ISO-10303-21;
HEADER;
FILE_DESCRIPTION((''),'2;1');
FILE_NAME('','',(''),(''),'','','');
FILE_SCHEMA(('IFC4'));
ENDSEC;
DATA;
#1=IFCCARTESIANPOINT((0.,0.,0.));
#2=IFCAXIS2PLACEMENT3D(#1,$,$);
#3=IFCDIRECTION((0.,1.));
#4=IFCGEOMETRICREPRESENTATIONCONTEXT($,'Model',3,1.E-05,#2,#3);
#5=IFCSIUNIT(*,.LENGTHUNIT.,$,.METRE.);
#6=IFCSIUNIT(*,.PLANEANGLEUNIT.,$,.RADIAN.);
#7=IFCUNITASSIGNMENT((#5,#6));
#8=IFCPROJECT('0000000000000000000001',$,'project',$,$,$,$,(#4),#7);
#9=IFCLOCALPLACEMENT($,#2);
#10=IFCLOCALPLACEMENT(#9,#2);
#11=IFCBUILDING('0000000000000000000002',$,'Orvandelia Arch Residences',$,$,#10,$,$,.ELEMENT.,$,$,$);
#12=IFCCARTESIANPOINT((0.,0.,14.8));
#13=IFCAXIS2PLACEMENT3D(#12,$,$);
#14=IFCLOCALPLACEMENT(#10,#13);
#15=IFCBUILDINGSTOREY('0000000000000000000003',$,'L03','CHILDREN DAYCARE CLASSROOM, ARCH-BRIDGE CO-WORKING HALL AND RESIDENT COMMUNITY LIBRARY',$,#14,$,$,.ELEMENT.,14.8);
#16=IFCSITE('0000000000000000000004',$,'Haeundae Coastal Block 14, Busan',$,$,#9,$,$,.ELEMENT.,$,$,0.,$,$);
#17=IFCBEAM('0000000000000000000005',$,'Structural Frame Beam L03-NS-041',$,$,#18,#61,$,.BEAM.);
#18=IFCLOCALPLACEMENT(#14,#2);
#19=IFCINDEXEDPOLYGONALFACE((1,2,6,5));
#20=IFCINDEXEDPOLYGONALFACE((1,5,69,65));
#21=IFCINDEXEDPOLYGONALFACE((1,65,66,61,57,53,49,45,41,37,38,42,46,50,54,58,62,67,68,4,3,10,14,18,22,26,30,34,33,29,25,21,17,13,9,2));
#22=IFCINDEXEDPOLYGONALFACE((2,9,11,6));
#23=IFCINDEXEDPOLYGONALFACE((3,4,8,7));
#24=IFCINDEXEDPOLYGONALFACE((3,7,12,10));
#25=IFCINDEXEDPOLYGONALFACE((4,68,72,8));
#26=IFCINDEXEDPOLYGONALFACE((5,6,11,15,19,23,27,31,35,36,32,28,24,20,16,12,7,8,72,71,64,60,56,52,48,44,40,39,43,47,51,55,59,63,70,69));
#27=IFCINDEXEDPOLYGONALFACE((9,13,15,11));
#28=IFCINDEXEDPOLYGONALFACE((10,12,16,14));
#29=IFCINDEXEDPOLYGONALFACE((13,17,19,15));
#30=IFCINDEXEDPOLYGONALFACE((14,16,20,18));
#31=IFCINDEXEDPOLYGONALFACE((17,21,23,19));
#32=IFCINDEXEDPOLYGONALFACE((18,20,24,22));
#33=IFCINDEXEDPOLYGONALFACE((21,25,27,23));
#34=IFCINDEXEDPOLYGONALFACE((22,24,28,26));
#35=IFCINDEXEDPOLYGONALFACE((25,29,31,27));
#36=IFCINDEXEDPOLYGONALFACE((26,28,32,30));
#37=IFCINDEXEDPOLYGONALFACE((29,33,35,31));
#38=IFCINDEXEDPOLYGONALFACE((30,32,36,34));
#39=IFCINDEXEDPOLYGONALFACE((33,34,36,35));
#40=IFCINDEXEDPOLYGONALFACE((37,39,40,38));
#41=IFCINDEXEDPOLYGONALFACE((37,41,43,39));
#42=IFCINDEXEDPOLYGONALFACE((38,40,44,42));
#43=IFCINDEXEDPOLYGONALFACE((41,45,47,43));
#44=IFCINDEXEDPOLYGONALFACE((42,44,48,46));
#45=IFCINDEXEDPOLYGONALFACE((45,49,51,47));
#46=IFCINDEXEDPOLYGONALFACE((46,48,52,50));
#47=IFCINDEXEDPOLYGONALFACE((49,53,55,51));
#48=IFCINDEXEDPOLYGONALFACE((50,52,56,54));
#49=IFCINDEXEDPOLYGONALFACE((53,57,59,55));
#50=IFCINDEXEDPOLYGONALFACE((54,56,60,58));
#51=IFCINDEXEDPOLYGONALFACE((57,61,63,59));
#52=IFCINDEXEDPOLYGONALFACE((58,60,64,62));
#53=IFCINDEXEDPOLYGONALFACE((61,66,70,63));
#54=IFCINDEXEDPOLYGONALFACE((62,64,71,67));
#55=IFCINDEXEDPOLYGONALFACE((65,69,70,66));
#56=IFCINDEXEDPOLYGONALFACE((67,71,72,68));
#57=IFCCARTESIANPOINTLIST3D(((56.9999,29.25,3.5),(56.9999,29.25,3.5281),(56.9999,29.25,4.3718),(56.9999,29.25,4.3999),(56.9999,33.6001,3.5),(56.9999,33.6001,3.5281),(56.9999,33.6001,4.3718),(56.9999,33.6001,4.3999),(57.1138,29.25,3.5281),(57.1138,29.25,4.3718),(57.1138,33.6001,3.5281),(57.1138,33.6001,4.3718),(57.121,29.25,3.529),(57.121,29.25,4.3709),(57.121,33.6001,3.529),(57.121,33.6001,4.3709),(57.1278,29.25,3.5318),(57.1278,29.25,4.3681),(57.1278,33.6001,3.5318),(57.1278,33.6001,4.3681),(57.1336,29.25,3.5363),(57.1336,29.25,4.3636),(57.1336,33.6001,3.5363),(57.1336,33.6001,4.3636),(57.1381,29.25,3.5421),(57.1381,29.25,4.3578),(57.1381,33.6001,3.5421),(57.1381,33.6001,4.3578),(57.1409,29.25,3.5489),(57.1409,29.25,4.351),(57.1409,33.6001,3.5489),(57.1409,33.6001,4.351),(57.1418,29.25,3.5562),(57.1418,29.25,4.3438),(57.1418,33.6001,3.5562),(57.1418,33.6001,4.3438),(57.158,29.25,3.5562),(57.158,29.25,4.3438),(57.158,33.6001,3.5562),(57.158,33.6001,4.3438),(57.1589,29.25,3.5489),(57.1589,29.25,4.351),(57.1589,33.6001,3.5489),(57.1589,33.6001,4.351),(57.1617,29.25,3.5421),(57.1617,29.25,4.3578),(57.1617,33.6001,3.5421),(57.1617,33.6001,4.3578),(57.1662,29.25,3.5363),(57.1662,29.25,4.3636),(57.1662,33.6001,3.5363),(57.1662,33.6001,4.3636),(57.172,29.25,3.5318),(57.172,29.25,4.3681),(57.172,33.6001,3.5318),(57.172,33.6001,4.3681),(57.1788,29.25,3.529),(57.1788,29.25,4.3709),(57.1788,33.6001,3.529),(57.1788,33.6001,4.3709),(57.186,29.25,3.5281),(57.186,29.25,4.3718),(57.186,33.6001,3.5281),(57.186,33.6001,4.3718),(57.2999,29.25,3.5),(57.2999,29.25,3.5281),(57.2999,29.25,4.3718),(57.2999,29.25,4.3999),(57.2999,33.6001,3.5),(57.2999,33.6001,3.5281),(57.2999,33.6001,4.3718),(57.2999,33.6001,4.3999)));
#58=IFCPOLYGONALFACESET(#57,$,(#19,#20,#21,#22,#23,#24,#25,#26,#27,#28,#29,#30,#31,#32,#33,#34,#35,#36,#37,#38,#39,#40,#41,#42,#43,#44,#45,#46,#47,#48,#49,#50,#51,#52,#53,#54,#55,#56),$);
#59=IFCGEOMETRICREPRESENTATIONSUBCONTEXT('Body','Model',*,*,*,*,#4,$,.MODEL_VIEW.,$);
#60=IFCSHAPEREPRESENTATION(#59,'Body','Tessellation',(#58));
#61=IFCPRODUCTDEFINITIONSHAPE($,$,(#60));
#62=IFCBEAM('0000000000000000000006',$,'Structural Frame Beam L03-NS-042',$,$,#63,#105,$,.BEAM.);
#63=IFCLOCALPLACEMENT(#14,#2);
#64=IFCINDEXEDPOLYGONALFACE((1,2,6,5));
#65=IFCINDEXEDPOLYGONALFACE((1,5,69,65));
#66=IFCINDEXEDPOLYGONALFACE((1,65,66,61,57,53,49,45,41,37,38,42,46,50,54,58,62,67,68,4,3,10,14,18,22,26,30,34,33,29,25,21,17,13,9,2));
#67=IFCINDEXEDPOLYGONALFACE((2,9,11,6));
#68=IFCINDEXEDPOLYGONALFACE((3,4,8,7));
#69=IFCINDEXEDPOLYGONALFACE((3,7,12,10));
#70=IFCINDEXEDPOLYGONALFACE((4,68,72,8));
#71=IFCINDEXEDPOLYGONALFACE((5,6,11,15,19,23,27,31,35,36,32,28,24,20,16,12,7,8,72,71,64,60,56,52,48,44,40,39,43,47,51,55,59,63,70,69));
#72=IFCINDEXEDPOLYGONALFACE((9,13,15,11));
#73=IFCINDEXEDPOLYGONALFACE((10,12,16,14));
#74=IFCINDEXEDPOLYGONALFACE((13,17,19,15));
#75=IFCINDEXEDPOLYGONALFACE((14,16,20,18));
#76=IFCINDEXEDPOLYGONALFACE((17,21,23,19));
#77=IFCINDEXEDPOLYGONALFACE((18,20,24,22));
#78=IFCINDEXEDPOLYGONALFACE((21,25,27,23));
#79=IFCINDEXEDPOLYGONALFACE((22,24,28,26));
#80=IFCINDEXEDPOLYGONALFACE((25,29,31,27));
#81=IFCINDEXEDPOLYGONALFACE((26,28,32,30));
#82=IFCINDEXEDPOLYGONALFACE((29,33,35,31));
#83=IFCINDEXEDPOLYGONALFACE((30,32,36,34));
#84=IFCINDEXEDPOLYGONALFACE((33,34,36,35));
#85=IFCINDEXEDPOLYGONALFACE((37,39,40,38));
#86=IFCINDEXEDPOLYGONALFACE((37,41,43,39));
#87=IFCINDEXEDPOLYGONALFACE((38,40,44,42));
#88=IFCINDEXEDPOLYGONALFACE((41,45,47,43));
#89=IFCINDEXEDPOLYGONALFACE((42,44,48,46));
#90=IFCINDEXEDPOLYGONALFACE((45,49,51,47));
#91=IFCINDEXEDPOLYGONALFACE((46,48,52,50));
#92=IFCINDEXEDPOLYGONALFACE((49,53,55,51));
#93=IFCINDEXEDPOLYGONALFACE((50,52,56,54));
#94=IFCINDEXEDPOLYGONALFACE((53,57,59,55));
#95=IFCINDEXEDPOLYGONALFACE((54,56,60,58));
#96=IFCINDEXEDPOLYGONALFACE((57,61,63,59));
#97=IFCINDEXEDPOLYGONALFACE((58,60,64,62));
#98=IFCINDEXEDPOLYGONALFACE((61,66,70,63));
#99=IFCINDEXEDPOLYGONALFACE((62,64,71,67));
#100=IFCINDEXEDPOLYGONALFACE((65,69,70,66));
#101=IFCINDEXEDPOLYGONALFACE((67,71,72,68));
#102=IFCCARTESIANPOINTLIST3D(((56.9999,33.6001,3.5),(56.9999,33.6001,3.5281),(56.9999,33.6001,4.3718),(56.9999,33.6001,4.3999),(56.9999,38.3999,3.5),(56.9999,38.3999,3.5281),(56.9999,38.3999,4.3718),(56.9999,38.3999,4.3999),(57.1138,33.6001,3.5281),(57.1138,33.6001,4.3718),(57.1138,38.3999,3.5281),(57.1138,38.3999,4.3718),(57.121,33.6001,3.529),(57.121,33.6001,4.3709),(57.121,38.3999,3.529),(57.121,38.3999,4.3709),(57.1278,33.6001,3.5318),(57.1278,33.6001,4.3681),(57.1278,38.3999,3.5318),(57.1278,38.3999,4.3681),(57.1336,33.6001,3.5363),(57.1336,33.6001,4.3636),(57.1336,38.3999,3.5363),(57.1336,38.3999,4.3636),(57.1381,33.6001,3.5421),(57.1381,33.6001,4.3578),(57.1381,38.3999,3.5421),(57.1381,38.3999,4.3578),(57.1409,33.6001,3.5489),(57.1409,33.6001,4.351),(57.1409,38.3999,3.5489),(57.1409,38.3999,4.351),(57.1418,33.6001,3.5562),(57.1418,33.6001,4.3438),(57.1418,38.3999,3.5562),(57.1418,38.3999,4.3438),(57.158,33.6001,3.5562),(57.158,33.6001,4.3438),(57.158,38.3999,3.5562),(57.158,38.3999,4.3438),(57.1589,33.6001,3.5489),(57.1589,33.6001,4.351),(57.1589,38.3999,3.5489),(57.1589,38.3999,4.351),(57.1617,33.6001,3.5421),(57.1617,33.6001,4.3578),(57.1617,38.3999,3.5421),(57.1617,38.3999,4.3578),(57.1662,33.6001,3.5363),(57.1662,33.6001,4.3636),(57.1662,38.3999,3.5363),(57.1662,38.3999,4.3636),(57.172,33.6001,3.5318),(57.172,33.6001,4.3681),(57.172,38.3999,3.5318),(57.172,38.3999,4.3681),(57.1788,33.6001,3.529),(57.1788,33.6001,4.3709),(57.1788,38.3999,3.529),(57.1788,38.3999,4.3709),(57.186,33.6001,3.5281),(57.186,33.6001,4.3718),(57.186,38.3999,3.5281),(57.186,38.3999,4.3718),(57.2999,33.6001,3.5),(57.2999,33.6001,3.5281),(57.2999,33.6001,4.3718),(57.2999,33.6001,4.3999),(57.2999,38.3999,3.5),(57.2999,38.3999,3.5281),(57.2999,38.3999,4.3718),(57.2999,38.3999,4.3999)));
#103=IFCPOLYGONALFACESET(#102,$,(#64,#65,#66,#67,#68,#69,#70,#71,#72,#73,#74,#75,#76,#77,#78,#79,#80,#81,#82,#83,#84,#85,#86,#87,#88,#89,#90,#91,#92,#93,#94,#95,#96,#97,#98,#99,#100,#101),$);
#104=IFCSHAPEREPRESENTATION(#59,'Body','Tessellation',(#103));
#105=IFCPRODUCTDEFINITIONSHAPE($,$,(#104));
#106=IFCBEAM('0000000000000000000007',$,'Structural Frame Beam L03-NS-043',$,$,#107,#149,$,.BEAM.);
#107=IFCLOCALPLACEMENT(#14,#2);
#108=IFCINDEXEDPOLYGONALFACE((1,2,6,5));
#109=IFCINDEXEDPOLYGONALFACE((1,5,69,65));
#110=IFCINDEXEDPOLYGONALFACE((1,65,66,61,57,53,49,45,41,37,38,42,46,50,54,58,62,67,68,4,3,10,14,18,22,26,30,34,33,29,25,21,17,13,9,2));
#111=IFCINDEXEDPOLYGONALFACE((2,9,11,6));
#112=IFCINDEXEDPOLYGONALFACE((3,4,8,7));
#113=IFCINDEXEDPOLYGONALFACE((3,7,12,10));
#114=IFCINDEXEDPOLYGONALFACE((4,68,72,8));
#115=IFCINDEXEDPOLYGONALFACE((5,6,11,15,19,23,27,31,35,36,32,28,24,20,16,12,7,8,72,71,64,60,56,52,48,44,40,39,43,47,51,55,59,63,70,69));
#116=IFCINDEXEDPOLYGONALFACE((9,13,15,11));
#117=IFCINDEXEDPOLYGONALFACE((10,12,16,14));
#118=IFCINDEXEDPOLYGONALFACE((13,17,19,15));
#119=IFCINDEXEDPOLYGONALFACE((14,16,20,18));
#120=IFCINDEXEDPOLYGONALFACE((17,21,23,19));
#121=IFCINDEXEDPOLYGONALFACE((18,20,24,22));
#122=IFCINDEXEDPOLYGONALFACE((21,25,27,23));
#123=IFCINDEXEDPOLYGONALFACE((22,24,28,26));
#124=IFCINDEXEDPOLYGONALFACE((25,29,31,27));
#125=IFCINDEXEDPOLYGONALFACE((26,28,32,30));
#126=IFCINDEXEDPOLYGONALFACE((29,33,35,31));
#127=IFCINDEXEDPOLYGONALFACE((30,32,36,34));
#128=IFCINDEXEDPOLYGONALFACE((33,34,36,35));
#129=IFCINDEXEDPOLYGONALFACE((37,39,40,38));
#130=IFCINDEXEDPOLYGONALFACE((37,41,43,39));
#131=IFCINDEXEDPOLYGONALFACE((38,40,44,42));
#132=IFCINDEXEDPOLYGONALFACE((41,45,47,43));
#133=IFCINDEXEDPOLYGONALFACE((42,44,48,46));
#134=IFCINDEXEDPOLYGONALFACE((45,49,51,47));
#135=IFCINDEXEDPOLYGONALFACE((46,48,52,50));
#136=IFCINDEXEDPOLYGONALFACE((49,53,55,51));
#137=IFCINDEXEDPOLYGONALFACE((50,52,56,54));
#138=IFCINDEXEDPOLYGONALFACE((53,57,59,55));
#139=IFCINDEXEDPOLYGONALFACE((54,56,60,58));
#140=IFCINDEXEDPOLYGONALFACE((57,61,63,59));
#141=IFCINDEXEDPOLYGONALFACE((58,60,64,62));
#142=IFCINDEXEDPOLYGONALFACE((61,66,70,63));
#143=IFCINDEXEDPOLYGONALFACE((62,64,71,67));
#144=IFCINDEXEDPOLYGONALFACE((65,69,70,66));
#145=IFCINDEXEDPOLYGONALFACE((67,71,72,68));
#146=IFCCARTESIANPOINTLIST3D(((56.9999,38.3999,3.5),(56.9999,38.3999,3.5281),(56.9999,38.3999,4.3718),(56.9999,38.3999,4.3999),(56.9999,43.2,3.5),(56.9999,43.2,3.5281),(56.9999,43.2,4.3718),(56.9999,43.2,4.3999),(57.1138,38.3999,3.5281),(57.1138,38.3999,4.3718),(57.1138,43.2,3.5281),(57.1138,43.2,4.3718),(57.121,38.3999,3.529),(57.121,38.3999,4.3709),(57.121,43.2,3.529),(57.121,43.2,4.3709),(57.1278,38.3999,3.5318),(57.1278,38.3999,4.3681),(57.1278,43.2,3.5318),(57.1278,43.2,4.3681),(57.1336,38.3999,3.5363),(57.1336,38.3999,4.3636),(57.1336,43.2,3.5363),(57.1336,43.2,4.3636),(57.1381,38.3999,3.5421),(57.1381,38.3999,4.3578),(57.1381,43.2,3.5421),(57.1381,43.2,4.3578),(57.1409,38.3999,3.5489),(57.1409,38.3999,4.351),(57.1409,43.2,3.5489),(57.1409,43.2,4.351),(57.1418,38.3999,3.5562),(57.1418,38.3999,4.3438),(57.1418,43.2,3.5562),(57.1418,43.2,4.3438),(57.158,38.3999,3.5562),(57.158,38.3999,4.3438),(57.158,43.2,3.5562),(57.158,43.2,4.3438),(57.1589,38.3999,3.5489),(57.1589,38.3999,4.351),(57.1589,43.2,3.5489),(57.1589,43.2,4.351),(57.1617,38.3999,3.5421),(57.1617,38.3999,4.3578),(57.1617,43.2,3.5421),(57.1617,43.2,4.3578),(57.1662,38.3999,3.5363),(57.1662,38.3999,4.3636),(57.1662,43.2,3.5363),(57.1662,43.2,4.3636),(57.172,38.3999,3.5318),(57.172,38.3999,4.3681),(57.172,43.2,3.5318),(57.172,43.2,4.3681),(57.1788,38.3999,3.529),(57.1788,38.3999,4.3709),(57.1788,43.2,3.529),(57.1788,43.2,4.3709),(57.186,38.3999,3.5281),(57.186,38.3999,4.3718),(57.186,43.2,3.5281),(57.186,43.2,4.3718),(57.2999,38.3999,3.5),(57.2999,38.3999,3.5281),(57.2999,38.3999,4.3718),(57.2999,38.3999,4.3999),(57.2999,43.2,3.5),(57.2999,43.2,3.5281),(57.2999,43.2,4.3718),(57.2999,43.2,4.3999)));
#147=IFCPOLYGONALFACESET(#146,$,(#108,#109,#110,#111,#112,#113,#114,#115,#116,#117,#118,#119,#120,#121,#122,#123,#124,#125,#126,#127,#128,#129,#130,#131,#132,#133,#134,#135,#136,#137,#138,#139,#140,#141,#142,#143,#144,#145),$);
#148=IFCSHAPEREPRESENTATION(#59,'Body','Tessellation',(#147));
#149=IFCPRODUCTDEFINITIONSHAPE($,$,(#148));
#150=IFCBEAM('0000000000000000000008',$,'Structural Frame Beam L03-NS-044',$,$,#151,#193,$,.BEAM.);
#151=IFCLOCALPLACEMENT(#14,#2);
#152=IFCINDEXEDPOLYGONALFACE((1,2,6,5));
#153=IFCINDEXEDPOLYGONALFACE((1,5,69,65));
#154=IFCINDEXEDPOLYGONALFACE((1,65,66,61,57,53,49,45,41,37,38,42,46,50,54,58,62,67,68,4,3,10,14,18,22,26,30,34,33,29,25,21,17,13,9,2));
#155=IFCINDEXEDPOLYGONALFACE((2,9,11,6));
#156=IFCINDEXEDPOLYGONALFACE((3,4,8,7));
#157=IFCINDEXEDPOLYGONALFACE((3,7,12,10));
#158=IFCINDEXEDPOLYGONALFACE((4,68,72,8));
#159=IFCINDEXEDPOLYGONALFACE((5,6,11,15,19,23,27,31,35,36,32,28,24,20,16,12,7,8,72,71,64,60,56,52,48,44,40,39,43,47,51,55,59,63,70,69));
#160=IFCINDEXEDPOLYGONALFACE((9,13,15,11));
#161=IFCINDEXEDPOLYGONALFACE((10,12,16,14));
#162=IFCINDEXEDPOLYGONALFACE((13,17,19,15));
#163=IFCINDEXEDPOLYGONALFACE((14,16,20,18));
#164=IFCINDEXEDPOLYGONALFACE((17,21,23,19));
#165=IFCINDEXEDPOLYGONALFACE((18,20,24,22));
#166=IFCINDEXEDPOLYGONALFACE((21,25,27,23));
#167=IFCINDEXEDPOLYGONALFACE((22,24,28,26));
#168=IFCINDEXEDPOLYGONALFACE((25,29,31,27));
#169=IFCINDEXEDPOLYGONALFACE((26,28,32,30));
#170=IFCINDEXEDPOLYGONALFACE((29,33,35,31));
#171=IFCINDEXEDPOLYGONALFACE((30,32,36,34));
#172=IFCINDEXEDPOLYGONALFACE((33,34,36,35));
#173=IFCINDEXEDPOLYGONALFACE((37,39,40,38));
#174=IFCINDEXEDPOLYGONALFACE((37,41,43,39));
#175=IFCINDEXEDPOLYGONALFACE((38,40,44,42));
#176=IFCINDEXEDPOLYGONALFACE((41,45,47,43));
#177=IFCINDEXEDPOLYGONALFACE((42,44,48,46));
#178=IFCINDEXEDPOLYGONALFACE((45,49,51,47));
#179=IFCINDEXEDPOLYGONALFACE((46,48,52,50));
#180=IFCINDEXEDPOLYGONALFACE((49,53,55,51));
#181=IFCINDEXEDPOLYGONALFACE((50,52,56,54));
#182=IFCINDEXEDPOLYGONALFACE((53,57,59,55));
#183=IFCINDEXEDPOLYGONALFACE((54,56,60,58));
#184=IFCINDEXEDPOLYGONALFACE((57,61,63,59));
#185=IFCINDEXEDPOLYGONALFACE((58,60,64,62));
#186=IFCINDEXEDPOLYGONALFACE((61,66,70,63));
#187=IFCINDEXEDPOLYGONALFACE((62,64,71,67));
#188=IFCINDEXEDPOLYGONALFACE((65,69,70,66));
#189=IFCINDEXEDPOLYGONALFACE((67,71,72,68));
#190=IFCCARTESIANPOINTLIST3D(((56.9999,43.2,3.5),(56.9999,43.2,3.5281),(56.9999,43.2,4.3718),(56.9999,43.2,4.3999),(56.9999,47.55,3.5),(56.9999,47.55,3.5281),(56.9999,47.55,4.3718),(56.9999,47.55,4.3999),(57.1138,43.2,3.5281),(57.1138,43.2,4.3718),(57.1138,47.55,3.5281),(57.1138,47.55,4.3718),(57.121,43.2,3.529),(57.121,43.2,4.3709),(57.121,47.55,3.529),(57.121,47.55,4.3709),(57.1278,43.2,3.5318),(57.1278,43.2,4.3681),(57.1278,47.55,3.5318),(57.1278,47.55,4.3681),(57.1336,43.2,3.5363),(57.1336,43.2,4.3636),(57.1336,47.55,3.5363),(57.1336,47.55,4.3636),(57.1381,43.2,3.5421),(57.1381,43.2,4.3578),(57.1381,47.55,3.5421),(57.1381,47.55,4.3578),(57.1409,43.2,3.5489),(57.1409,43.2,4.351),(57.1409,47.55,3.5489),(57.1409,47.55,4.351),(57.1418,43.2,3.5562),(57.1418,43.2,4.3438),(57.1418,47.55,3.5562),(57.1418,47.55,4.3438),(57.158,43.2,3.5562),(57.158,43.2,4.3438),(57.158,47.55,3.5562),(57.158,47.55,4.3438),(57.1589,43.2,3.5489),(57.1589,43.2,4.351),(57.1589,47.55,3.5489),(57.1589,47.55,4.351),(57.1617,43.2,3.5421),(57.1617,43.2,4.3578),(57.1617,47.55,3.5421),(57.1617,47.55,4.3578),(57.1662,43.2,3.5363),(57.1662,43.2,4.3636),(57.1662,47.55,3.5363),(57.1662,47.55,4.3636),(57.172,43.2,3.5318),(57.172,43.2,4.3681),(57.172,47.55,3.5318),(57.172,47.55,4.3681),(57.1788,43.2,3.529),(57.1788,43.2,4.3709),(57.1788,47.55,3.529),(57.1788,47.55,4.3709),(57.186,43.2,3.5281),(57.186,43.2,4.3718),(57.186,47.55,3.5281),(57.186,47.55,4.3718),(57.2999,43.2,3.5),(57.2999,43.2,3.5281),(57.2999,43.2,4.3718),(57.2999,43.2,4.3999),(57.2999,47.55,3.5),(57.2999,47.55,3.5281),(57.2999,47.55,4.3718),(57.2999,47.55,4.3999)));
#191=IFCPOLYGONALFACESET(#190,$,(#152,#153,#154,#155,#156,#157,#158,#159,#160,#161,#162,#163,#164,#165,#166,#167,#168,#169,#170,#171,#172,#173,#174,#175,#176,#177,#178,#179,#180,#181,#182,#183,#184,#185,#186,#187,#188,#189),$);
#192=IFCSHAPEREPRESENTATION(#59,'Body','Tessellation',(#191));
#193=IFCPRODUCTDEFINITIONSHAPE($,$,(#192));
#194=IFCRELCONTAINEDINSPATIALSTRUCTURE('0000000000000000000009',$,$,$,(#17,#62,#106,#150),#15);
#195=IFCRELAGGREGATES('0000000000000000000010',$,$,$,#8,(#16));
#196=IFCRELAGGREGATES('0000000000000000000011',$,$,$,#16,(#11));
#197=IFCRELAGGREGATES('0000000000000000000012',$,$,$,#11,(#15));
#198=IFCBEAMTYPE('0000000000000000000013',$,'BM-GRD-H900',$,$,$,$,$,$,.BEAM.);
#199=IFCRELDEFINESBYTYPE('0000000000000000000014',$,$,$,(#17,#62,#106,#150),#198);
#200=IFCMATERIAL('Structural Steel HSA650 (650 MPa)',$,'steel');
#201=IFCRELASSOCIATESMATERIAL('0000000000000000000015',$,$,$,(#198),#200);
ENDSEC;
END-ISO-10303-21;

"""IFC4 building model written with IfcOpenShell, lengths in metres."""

from ifc_helpers import new_model, si_unit, direction, frame, origin, origin_2d, place, context, subcontext, project, spatial, i_section, extrude, material, material_profile, profile_set, type_object, element, save


model = new_model("IFC4")

# Units and contexts
model_context = context("Model", 3, precision=1e-05, world=origin(), true_north=direction((0.0, 1.0)))
body_context = subcontext(model_context, "Body", "Model", "MODEL_VIEW")
ifc_project = project(units=[si_unit("LENGTHUNIT", "METRE"), si_unit("PLANEANGLEUNIT", "RADIAN")], contexts=[model_context])

# Site, building, storey
site_placement = place(None, origin())
site = spatial("IfcSite", under=ifc_project, at=site_placement, Name="Haeundae Coastal Block 14, Busan", CompositionType="ELEMENT", RefElevation=0.0)
building_placement = place(site_placement, origin())
building = spatial("IfcBuilding", under=site, at=building_placement, Name="Orvandelia Arch Residences", CompositionType="ELEMENT")
storey_placement = place(building_placement, frame((0.0, 0.0, 14.8)))
storey = spatial("IfcBuildingStorey", under=building, at=storey_placement, Name="L03", Description="CHILDREN DAYCARE CLASSROOM, ARCH-BRIDGE CO-WORKING HALL AND RESIDENT COMMUNITY LIBRARY", CompositionType="ELEMENT", Elevation=14.8)

# Beams
ifc_material_1 = material(Name="Structural Steel HSA650 (650 MPa)", Category="steel")
ifc_material_profile_1 = material_profile(ifc_material_1, i_section(OverallWidth=0.3, OverallDepth=0.8999, WebThickness=0.0161, FlangeThickness=0.0281, FilletRadius=0.0281, at=origin_2d()), Name="Structural Steel HSA650 (650 MPa)", Category="steel")
ifc_profile_set_1 = profile_set([ifc_material_profile_1], Name="Structural Steel HSA650 (650 MPa)")
beam_type = type_object("IfcBeamType", Name="BM-GRD-H900", PredefinedType="BEAM", material=ifc_profile_set_1)
for number, where, z_axis, x_axis, name in (
    (1, (57.1499, 29.25, 3.95), (0.0, 1.0, 0.0), (-1.0, 0.0, 0.0), "Structural Frame Beam L03-NS-041"),
):
    element("IfcBeam", number, at=place(storey_placement, frame(where, z_axis=z_axis, x_axis=x_axis)), inside=storey, type_object=beam_type, Name=name, PredefinedType="BEAM", context=body_context, shape_type="SweptSolid", body=[
        extrude(i_section(OverallWidth=0.3, OverallDepth=0.8999, WebThickness=0.0161, FlangeThickness=0.0281, FilletRadius=0.0281, at=origin_2d()), origin(), (0.0, 0.0, 1.0), 4.3501),
    ])
beam_1_placement = place(storey_placement, frame((57.1499, 33.6001, 3.95), z_axis=(0.0, 1.0, 0.0), x_axis=(-1.0, 0.0, 0.0)))
element("IfcBeam", 2, at=beam_1_placement, inside=storey, type_object=beam_type, Name="Structural Frame Beam L03-NS-042", PredefinedType="BEAM", context=body_context, shape_type="SweptSolid", body=[
    extrude(i_section(OverallWidth=0.3, OverallDepth=0.8999, WebThickness=0.0161, FlangeThickness=0.0281, FilletRadius=0.0281, at=origin_2d()), origin(), (0.0, 0.0, 1.0), 4.7998),
])
beam_2_placement = place(storey_placement, frame((57.1499, 38.3999, 3.95), z_axis=(0.0, 1.0, 0.0), x_axis=(-1.0, 0.0, 0.0)))
element("IfcBeam", 3, at=beam_2_placement, inside=storey, type_object=beam_type, Name="Structural Frame Beam L03-NS-043", PredefinedType="BEAM", context=body_context, shape_type="SweptSolid", body=[
    extrude(i_section(OverallWidth=0.3, OverallDepth=0.8999, WebThickness=0.0161, FlangeThickness=0.0281, FilletRadius=0.0281, at=origin_2d()), origin(), (0.0, 0.0, 1.0), 4.8),
])
for number, where, z_axis, x_axis, name in (
    (4, (57.1499, 43.2, 3.95), (0.0, 1.0, 0.0), (-1.0, 0.0, 0.0), "Structural Frame Beam L03-NS-044"),
):
    element("IfcBeam", number, at=place(storey_placement, frame(where, z_axis=z_axis, x_axis=x_axis)), inside=storey, type_object=beam_type, Name=name, PredefinedType="BEAM", context=body_context, shape_type="SweptSolid", body=[
        extrude(i_section(OverallWidth=0.3, OverallDepth=0.8999, WebThickness=0.0161, FlangeThickness=0.0281, FilletRadius=0.0281, at=origin_2d()), origin(), (0.0, 0.0, 1.0), 4.3501),
    ])

save(model, "model.ifc")
